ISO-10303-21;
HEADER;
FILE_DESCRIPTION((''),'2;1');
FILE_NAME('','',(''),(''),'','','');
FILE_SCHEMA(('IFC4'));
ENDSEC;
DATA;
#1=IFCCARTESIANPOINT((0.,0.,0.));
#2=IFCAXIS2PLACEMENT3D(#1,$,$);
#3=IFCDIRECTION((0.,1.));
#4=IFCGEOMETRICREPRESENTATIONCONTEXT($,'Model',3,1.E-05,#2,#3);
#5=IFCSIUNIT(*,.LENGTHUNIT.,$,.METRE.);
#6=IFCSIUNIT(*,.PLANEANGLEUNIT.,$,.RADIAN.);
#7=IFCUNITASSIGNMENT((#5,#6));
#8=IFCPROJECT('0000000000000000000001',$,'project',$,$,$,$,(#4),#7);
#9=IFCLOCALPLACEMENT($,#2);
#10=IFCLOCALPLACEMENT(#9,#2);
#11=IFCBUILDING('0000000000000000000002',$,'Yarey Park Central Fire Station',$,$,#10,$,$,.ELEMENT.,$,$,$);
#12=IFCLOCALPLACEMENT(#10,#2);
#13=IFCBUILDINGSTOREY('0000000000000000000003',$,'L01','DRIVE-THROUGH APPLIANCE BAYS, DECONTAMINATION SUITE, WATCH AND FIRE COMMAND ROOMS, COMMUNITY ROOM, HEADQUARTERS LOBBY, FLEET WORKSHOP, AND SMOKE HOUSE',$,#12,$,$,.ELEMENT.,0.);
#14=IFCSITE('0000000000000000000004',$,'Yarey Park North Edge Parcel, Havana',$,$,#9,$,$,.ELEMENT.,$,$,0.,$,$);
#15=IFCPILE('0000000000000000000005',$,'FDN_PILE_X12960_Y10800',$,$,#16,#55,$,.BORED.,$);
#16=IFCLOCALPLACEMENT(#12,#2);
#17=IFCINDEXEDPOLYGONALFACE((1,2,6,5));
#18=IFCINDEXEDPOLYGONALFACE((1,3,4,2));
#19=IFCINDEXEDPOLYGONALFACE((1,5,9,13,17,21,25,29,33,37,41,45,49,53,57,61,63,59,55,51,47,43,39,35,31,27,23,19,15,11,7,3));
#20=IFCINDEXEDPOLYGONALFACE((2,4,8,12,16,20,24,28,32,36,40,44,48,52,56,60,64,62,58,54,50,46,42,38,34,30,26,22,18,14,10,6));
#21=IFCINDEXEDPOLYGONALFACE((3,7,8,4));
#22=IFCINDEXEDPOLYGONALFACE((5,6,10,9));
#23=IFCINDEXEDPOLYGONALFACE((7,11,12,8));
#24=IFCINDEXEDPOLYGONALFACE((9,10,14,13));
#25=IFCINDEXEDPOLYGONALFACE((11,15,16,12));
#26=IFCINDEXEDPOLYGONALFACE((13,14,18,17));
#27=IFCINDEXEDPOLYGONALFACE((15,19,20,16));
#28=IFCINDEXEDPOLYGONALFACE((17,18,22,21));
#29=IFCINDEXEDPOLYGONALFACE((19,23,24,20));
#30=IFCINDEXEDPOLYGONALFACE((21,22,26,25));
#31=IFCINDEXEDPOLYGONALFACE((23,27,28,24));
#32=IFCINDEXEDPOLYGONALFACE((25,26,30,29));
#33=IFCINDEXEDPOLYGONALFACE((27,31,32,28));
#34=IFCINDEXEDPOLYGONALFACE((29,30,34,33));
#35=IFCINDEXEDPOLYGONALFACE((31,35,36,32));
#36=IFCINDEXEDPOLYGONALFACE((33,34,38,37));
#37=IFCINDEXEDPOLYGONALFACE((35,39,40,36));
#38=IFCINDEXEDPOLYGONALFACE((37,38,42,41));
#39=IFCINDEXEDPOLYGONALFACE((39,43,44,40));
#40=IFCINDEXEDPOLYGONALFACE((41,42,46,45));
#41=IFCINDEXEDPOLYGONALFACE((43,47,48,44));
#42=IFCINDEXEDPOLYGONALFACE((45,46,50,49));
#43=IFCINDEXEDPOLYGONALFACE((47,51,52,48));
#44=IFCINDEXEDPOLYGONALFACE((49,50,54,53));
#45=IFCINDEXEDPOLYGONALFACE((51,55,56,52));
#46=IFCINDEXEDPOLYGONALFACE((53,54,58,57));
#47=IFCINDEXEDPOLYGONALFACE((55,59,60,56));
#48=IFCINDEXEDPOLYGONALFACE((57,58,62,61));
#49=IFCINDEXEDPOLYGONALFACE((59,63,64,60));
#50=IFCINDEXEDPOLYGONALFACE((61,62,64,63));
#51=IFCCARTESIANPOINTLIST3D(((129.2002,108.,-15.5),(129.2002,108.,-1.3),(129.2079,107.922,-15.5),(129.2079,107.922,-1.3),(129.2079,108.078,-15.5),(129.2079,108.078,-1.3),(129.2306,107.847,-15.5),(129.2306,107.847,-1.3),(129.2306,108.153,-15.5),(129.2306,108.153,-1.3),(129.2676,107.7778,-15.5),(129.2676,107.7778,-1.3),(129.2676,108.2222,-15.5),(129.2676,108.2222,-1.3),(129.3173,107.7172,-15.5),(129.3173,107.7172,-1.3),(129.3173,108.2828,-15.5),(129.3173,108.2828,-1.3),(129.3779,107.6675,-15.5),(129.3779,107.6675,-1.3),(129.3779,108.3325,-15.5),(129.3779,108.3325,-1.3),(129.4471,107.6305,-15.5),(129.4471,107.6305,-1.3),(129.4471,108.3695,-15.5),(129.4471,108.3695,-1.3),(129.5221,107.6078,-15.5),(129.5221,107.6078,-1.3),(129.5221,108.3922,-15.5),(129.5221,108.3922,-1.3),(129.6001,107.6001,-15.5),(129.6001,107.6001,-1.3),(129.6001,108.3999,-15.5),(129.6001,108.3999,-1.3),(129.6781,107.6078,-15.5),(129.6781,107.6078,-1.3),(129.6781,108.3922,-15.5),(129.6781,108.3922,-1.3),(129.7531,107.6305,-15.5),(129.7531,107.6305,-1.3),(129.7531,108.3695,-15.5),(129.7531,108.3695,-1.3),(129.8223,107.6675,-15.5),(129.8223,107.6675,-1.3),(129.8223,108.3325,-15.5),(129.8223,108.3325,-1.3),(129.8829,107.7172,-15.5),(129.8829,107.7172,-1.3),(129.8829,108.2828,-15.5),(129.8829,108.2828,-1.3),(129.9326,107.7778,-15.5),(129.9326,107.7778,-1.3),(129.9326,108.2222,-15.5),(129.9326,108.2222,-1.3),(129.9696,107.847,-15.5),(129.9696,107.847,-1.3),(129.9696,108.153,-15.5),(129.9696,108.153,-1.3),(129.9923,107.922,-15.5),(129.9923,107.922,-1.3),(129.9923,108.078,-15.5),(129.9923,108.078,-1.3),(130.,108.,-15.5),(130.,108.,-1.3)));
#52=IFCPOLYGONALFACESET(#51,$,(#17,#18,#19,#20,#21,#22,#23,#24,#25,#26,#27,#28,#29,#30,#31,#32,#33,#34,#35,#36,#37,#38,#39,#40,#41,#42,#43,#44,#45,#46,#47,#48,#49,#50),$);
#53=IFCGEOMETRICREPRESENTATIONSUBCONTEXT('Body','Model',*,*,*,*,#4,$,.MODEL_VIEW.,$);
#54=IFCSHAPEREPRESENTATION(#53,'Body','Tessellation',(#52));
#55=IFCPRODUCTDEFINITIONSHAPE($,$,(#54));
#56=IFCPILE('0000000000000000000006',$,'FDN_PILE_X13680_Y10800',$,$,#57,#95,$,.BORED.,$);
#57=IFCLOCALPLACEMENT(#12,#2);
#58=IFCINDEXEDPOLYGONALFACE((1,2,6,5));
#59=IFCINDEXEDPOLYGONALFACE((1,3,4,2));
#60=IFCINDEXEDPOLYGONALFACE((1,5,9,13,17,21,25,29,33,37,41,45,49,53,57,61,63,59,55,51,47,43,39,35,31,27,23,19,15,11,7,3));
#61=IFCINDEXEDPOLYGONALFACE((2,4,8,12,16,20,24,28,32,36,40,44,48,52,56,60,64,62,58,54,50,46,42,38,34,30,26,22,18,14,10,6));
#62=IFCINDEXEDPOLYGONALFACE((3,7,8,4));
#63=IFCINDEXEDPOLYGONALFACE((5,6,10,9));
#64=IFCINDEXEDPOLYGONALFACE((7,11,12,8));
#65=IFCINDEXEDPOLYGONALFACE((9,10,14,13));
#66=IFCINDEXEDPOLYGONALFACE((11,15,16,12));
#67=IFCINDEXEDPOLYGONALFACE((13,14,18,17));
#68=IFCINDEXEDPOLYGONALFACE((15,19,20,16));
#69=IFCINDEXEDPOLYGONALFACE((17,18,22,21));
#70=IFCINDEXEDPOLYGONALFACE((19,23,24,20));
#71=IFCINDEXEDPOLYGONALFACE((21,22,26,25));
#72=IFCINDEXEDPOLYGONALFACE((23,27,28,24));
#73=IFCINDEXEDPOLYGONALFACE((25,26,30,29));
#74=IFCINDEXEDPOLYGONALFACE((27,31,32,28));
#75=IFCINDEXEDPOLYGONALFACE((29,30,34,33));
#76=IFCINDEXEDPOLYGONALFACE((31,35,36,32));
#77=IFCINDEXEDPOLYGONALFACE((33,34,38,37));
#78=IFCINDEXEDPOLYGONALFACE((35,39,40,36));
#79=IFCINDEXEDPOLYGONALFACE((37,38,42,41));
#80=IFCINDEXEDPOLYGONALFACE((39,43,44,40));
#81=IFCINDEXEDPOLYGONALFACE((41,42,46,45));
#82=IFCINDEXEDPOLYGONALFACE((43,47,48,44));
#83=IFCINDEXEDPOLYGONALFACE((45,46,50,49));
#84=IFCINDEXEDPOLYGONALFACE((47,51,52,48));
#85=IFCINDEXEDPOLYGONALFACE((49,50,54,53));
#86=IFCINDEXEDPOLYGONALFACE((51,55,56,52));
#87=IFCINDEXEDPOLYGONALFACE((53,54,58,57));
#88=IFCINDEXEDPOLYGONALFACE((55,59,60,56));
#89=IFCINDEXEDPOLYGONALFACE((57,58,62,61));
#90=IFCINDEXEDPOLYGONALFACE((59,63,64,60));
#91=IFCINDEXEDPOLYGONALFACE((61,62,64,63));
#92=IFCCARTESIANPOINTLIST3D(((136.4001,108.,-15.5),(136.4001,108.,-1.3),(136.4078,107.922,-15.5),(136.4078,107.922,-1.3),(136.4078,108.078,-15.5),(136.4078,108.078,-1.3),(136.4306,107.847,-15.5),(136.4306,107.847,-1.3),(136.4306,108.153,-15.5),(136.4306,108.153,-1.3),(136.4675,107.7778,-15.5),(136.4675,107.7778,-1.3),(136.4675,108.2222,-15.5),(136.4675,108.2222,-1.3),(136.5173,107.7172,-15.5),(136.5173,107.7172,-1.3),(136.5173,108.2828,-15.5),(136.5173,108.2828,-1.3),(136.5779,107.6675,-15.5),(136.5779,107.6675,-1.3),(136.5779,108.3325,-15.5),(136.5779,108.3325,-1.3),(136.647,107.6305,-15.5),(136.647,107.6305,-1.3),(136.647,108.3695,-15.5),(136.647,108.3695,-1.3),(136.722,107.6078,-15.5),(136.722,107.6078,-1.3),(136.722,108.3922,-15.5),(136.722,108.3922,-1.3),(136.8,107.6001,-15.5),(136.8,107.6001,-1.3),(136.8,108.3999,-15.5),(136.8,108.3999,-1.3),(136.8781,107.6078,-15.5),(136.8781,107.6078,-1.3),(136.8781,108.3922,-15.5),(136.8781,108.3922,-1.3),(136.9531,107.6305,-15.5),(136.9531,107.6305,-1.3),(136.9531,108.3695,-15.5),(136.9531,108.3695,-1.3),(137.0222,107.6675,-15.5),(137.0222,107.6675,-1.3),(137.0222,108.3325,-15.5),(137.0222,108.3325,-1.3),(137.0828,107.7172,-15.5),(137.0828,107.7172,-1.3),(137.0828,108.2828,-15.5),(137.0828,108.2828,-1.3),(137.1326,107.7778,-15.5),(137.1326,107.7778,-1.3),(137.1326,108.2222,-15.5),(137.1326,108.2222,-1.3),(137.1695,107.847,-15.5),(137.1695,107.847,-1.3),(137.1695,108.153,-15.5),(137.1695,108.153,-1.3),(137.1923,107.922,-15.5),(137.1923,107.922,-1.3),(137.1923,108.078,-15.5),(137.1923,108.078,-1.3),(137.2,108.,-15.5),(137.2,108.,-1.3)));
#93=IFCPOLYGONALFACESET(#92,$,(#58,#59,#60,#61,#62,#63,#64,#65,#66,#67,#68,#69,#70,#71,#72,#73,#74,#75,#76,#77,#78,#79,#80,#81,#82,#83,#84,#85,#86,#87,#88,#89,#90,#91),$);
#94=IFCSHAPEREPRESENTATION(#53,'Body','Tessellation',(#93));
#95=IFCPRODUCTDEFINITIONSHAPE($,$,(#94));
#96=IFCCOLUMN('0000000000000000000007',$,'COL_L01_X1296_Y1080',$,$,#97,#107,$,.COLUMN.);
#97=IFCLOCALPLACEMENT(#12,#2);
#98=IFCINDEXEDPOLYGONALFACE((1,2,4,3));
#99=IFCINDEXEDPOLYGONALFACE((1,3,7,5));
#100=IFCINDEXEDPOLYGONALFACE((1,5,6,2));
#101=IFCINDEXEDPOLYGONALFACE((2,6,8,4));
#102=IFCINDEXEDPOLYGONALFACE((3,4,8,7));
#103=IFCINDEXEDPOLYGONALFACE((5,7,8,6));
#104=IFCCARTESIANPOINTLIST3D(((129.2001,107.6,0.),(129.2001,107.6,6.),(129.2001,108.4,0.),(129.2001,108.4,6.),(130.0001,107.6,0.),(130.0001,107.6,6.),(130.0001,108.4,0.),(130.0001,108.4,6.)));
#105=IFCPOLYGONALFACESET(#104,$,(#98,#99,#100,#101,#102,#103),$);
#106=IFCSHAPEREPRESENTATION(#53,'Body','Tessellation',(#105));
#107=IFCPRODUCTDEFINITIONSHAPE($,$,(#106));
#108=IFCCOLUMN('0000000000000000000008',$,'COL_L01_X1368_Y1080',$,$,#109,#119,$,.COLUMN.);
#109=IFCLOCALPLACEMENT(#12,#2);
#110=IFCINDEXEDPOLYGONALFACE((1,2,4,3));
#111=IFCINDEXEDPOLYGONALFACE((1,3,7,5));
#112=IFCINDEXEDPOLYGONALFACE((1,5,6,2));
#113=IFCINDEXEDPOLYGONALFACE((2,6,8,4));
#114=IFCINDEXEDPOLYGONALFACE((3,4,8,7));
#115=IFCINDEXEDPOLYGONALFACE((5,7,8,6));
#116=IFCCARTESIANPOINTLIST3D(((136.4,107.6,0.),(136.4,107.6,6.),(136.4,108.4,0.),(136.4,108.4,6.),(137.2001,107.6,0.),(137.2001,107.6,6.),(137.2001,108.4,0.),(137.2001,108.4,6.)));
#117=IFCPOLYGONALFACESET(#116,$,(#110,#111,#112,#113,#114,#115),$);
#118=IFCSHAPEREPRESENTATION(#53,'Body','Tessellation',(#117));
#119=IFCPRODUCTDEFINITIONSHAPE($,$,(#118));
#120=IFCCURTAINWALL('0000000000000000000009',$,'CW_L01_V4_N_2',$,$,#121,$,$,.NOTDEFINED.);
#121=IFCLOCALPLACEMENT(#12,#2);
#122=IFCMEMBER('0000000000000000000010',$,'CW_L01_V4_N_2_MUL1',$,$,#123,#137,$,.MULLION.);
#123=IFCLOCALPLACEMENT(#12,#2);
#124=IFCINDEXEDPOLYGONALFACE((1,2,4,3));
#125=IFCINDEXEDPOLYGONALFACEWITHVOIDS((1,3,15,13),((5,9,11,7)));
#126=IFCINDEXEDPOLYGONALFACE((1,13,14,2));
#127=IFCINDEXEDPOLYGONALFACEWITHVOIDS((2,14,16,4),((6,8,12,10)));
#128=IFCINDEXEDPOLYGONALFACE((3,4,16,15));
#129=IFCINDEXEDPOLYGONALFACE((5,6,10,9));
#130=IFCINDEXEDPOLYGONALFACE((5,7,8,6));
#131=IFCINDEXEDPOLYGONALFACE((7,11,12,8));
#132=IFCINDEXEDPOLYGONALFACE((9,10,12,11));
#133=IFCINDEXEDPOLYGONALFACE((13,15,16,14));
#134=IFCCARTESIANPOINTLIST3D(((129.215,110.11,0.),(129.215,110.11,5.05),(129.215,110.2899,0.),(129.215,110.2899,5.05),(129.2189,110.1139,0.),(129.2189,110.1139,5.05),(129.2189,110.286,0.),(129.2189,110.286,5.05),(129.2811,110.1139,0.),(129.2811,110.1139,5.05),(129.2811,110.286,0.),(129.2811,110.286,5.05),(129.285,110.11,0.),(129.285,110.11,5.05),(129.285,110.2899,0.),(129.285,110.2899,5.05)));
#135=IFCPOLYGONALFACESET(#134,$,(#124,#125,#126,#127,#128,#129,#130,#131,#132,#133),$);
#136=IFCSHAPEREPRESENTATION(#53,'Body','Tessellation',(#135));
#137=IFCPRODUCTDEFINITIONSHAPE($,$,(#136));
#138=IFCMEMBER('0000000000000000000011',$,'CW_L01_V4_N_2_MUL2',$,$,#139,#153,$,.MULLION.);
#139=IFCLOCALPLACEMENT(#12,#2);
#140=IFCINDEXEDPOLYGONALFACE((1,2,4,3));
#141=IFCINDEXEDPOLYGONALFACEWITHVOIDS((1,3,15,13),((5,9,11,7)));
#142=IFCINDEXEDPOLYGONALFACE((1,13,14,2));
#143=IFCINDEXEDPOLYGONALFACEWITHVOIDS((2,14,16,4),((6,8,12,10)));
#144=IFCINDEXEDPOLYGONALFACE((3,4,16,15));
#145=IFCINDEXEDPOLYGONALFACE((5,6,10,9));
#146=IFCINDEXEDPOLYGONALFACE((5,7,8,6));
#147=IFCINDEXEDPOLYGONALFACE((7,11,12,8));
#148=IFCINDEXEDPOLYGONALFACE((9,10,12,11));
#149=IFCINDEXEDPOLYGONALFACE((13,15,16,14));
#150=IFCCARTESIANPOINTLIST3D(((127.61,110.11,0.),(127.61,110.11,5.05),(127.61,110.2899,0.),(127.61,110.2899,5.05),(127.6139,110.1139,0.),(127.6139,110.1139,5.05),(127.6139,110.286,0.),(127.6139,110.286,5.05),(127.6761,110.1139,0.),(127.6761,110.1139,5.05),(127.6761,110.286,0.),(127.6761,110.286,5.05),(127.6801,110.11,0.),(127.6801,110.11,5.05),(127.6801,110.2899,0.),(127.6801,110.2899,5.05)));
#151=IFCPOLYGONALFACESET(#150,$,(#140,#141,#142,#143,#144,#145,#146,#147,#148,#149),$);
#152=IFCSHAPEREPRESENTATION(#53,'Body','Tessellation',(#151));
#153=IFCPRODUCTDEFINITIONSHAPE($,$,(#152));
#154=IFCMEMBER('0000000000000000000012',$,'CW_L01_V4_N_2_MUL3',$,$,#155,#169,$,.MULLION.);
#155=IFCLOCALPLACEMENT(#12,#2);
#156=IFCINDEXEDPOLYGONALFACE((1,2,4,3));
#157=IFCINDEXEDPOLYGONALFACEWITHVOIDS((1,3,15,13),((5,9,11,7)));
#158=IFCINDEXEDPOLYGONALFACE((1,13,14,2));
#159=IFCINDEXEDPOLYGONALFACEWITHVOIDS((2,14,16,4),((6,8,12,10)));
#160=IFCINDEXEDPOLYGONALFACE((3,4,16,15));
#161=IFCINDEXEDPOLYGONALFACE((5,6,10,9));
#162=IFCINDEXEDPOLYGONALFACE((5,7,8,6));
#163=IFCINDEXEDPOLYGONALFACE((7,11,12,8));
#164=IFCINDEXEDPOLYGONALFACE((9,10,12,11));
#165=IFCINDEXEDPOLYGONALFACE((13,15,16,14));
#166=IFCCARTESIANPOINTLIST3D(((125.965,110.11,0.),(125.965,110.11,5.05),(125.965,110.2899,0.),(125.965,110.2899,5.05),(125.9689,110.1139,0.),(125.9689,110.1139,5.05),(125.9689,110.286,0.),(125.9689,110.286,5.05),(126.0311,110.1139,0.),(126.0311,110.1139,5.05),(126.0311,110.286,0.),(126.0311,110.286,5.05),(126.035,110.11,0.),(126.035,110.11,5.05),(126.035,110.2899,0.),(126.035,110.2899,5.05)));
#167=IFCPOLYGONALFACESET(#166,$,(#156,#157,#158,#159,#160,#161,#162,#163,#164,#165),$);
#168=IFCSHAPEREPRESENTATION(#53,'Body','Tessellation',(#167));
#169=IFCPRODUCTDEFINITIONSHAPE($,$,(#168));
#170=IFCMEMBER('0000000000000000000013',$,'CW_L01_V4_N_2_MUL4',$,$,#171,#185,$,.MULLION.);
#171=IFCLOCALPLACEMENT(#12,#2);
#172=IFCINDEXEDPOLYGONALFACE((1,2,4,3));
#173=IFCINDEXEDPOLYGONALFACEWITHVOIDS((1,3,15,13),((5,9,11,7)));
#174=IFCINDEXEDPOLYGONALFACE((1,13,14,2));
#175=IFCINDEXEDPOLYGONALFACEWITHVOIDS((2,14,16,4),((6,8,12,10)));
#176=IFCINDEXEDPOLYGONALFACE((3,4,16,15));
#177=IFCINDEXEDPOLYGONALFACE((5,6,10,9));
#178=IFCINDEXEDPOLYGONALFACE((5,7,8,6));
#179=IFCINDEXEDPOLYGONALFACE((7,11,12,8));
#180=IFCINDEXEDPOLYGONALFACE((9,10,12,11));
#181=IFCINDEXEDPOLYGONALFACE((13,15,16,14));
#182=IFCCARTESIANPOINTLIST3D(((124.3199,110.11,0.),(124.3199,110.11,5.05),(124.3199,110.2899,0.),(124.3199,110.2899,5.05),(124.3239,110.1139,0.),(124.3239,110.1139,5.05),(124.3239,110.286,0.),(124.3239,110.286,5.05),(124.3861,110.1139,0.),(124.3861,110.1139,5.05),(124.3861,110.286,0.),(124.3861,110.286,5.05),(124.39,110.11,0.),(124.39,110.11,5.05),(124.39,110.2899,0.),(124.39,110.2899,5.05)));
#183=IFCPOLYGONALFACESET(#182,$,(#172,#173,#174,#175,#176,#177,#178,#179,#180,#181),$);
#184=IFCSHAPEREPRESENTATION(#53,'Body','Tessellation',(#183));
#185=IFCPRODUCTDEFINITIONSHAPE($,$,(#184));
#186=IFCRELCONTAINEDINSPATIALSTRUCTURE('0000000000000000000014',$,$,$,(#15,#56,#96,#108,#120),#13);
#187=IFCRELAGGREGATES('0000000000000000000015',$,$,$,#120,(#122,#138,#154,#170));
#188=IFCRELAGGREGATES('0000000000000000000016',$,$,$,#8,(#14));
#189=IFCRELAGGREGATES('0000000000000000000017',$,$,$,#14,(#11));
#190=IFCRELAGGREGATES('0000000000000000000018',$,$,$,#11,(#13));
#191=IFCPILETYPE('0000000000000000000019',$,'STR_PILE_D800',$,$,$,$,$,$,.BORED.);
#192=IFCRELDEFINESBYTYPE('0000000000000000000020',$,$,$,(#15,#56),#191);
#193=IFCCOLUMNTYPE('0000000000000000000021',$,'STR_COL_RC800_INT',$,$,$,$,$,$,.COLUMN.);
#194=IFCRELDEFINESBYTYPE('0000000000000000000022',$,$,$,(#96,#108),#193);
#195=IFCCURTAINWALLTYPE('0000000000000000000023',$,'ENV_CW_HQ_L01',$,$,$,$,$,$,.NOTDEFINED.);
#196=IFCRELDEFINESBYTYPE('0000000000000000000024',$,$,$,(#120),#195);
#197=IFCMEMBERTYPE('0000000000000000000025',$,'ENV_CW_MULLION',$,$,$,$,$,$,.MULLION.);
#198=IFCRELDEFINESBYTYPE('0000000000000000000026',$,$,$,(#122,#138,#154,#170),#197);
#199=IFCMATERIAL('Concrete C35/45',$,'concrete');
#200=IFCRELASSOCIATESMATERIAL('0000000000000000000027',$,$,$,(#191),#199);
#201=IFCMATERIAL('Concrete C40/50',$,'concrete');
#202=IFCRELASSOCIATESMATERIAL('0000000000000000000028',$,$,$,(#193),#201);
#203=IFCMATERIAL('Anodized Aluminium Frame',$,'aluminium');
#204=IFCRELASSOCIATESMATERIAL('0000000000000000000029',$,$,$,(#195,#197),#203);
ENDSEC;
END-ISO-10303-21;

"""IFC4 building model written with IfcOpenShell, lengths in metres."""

from ifc_helpers import new_model, si_unit, direction, frame, origin, origin_2d, place, context, subcontext, project, spatial, rectangle, hollow_rectangle, circle, extrude, material, material_profile, profile_set, type_object, element, aggregate, save


model = new_model("IFC4")

# Units and contexts
model_context = context("Model", 3, precision=1e-05, world=origin(), true_north=direction((0.0, 1.0)))
body_context = subcontext(model_context, "Body", "Model", "MODEL_VIEW")
ifc_project = project(units=[si_unit("LENGTHUNIT", "METRE"), si_unit("PLANEANGLEUNIT", "RADIAN")], contexts=[model_context])

# Site, building, storey
site_placement = place(None, origin())
site = spatial("IfcSite", under=ifc_project, at=site_placement, Name="Yarey Park North Edge Parcel, Havana", CompositionType="ELEMENT", RefElevation=0.0)
building_placement = place(site_placement, origin())
building = spatial("IfcBuilding", under=site, at=building_placement, Name="Yarey Park Central Fire Station", CompositionType="ELEMENT")
storey_placement = place(building_placement, origin())
storey = spatial("IfcBuildingStorey", under=building, at=storey_placement, Name="L01", Description="DRIVE-THROUGH APPLIANCE BAYS, DECONTAMINATION SUITE, WATCH AND FIRE COMMAND ROOMS, COMMUNITY ROOM, HEADQUARTERS LOBBY, FLEET WORKSHOP, AND SMOKE HOUSE", CompositionType="ELEMENT", Elevation=0.0)

# Shared definitions
ifc_material_1 = material(Name="Concrete C35/45", Category="concrete")

# Piles
ifc_material_profile_1 = material_profile(ifc_material_1, circle(Radius=0.3999, at=origin_2d()), Name="BORED PILE D800")
ifc_profile_set_1 = profile_set([ifc_material_profile_1], Name="Concrete C35/45")
pile_type_1 = type_object("IfcPileType", Name="STR_PILE_D800", PredefinedType="BORED", material=ifc_profile_set_1)
for number, where, z_axis, x_axis, name in (
    (1, (129.6001, 108.0, -1.3), (0.0, 0.0, -1.0), (1.0, 0.0, 0.0), "FDN_PILE_X12960_Y10800"),
    (2, (136.8, 108.0, -1.3), (0.0, 0.0, -1.0), (1.0, 0.0, 0.0), "FDN_PILE_X13680_Y10800"),
):
    element("IfcPile", number, at=place(storey_placement, frame(where, z_axis=z_axis, x_axis=x_axis)), inside=storey, type_object=pile_type_1, Name=name, PredefinedType="BORED", context=body_context, shape_type="SweptSolid", body=[
        extrude(circle(Radius=0.3999, at=origin_2d()), origin(), (0.0, 0.0, 1.0), 14.2),
    ])

# Columns
ifc_material_2 = material(Name="Concrete C40/50", Category="concrete")
ifc_material_profile_2 = material_profile(ifc_material_2, rectangle(XDim=0.8, YDim=0.8, at=origin_2d()), Name="RC 800x800")
ifc_profile_set_2 = profile_set([ifc_material_profile_2], Name="Concrete C40/50")
column_type = type_object("IfcColumnType", Name="STR_COL_RC800_INT", PredefinedType="COLUMN", material=ifc_profile_set_2)
for number, where, z_axis, x_axis, name in (
    (3, (129.6001, 108.0, 0.0), (0.0, 0.0, 1.0), (1.0, 0.0, 0.0), "COL_L01_X1296_Y1080"),
    (4, (136.8, 108.0, 0.0), (0.0, 0.0, 1.0), (1.0, 0.0, 0.0), "COL_L01_X1368_Y1080"),
):
    element("IfcColumn", number, at=place(storey_placement, frame(where, z_axis=z_axis, x_axis=x_axis)), inside=storey, type_object=column_type, Name=name, PredefinedType="COLUMN", context=body_context, shape_type="SweptSolid", body=[
        extrude(rectangle(XDim=0.8, YDim=0.8, at=origin_2d()), origin(), (0.0, 0.0, 1.0), 6.0),
    ])

# Curtain wall, members
ifc_material_3 = material(Name="Anodized Aluminium Frame", Category="aluminium")
curtain_wall_type = type_object("IfcCurtainWallType", Name="ENV_CW_HQ_L01", PredefinedType="NOTDEFINED", material=ifc_material_3)
curtain_wall_placement = place(storey_placement, origin())
curtain_wall = element("IfcCurtainWall", 5, at=curtain_wall_placement, inside=storey, type_object=curtain_wall_type, Name="CW_L01_V4_N_2", PredefinedType="NOTDEFINED")
ifc_material_profile_3 = material_profile(ifc_material_3, hollow_rectangle(XDim=0.0701, YDim=0.1799, WallThickness=0.0039, at=origin_2d()), Name="ALU 180x70x4")
ifc_profile_set_3 = profile_set([ifc_material_profile_3], Name="Anodized Aluminium Frame")
member_type_1 = type_object("IfcMemberType", Name="ENV_CW_MULLION", PredefinedType="MULLION", material=ifc_profile_set_3)
member_1_placement = place(storey_placement, frame((129.25, 110.2, 0.0), z_axis=(0.0, 0.0, 1.0), x_axis=(1.0, 0.0, 0.0)))
member_1 = element("IfcMember", 6, at=member_1_placement, type_object=member_type_1, Name="CW_L01_V4_N_2_MUL1", PredefinedType="MULLION", context=body_context, shape_type="SweptSolid", body=[
    extrude(hollow_rectangle(XDim=0.0701, YDim=0.1799, WallThickness=0.0039, at=origin_2d()), origin(), (0.0, 0.0, 1.0), 5.05),
])
member_2_placement = place(storey_placement, frame((127.645, 110.2, 0.0), z_axis=(0.0, 0.0, 1.0), x_axis=(1.0, 0.0, 0.0)))
member_2 = element("IfcMember", 7, at=member_2_placement, type_object=member_type_1, Name="CW_L01_V4_N_2_MUL2", PredefinedType="MULLION", context=body_context, shape_type="SweptSolid", body=[
    extrude(hollow_rectangle(XDim=0.0701, YDim=0.1799, WallThickness=0.0039, at=origin_2d()), origin(), (0.0, 0.0, 1.0), 5.05),
])
member_3_placement = place(storey_placement, frame((126.0, 110.2, 0.0), z_axis=(0.0, 0.0, 1.0), x_axis=(1.0, 0.0, 0.0)))
member_3 = element("IfcMember", 8, at=member_3_placement, type_object=member_type_1, Name="CW_L01_V4_N_2_MUL3", PredefinedType="MULLION", context=body_context, shape_type="SweptSolid", body=[
    extrude(hollow_rectangle(XDim=0.0701, YDim=0.1799, WallThickness=0.0039, at=origin_2d()), origin(), (0.0, 0.0, 1.0), 5.05),
])
member_4_placement = place(storey_placement, frame((124.355, 110.2, 0.0), z_axis=(0.0, 0.0, 1.0), x_axis=(1.0, 0.0, 0.0)))
member_4 = element("IfcMember", 9, at=member_4_placement, type_object=member_type_1, Name="CW_L01_V4_N_2_MUL4", PredefinedType="MULLION", context=body_context, shape_type="SweptSolid", body=[
    extrude(hollow_rectangle(XDim=0.0701, YDim=0.1799, WallThickness=0.0039, at=origin_2d()), origin(), (0.0, 0.0, 1.0), 5.05),
])
aggregate(curtain_wall, [member_1, member_2, member_3, member_4])

save(model, "model.ifc")
